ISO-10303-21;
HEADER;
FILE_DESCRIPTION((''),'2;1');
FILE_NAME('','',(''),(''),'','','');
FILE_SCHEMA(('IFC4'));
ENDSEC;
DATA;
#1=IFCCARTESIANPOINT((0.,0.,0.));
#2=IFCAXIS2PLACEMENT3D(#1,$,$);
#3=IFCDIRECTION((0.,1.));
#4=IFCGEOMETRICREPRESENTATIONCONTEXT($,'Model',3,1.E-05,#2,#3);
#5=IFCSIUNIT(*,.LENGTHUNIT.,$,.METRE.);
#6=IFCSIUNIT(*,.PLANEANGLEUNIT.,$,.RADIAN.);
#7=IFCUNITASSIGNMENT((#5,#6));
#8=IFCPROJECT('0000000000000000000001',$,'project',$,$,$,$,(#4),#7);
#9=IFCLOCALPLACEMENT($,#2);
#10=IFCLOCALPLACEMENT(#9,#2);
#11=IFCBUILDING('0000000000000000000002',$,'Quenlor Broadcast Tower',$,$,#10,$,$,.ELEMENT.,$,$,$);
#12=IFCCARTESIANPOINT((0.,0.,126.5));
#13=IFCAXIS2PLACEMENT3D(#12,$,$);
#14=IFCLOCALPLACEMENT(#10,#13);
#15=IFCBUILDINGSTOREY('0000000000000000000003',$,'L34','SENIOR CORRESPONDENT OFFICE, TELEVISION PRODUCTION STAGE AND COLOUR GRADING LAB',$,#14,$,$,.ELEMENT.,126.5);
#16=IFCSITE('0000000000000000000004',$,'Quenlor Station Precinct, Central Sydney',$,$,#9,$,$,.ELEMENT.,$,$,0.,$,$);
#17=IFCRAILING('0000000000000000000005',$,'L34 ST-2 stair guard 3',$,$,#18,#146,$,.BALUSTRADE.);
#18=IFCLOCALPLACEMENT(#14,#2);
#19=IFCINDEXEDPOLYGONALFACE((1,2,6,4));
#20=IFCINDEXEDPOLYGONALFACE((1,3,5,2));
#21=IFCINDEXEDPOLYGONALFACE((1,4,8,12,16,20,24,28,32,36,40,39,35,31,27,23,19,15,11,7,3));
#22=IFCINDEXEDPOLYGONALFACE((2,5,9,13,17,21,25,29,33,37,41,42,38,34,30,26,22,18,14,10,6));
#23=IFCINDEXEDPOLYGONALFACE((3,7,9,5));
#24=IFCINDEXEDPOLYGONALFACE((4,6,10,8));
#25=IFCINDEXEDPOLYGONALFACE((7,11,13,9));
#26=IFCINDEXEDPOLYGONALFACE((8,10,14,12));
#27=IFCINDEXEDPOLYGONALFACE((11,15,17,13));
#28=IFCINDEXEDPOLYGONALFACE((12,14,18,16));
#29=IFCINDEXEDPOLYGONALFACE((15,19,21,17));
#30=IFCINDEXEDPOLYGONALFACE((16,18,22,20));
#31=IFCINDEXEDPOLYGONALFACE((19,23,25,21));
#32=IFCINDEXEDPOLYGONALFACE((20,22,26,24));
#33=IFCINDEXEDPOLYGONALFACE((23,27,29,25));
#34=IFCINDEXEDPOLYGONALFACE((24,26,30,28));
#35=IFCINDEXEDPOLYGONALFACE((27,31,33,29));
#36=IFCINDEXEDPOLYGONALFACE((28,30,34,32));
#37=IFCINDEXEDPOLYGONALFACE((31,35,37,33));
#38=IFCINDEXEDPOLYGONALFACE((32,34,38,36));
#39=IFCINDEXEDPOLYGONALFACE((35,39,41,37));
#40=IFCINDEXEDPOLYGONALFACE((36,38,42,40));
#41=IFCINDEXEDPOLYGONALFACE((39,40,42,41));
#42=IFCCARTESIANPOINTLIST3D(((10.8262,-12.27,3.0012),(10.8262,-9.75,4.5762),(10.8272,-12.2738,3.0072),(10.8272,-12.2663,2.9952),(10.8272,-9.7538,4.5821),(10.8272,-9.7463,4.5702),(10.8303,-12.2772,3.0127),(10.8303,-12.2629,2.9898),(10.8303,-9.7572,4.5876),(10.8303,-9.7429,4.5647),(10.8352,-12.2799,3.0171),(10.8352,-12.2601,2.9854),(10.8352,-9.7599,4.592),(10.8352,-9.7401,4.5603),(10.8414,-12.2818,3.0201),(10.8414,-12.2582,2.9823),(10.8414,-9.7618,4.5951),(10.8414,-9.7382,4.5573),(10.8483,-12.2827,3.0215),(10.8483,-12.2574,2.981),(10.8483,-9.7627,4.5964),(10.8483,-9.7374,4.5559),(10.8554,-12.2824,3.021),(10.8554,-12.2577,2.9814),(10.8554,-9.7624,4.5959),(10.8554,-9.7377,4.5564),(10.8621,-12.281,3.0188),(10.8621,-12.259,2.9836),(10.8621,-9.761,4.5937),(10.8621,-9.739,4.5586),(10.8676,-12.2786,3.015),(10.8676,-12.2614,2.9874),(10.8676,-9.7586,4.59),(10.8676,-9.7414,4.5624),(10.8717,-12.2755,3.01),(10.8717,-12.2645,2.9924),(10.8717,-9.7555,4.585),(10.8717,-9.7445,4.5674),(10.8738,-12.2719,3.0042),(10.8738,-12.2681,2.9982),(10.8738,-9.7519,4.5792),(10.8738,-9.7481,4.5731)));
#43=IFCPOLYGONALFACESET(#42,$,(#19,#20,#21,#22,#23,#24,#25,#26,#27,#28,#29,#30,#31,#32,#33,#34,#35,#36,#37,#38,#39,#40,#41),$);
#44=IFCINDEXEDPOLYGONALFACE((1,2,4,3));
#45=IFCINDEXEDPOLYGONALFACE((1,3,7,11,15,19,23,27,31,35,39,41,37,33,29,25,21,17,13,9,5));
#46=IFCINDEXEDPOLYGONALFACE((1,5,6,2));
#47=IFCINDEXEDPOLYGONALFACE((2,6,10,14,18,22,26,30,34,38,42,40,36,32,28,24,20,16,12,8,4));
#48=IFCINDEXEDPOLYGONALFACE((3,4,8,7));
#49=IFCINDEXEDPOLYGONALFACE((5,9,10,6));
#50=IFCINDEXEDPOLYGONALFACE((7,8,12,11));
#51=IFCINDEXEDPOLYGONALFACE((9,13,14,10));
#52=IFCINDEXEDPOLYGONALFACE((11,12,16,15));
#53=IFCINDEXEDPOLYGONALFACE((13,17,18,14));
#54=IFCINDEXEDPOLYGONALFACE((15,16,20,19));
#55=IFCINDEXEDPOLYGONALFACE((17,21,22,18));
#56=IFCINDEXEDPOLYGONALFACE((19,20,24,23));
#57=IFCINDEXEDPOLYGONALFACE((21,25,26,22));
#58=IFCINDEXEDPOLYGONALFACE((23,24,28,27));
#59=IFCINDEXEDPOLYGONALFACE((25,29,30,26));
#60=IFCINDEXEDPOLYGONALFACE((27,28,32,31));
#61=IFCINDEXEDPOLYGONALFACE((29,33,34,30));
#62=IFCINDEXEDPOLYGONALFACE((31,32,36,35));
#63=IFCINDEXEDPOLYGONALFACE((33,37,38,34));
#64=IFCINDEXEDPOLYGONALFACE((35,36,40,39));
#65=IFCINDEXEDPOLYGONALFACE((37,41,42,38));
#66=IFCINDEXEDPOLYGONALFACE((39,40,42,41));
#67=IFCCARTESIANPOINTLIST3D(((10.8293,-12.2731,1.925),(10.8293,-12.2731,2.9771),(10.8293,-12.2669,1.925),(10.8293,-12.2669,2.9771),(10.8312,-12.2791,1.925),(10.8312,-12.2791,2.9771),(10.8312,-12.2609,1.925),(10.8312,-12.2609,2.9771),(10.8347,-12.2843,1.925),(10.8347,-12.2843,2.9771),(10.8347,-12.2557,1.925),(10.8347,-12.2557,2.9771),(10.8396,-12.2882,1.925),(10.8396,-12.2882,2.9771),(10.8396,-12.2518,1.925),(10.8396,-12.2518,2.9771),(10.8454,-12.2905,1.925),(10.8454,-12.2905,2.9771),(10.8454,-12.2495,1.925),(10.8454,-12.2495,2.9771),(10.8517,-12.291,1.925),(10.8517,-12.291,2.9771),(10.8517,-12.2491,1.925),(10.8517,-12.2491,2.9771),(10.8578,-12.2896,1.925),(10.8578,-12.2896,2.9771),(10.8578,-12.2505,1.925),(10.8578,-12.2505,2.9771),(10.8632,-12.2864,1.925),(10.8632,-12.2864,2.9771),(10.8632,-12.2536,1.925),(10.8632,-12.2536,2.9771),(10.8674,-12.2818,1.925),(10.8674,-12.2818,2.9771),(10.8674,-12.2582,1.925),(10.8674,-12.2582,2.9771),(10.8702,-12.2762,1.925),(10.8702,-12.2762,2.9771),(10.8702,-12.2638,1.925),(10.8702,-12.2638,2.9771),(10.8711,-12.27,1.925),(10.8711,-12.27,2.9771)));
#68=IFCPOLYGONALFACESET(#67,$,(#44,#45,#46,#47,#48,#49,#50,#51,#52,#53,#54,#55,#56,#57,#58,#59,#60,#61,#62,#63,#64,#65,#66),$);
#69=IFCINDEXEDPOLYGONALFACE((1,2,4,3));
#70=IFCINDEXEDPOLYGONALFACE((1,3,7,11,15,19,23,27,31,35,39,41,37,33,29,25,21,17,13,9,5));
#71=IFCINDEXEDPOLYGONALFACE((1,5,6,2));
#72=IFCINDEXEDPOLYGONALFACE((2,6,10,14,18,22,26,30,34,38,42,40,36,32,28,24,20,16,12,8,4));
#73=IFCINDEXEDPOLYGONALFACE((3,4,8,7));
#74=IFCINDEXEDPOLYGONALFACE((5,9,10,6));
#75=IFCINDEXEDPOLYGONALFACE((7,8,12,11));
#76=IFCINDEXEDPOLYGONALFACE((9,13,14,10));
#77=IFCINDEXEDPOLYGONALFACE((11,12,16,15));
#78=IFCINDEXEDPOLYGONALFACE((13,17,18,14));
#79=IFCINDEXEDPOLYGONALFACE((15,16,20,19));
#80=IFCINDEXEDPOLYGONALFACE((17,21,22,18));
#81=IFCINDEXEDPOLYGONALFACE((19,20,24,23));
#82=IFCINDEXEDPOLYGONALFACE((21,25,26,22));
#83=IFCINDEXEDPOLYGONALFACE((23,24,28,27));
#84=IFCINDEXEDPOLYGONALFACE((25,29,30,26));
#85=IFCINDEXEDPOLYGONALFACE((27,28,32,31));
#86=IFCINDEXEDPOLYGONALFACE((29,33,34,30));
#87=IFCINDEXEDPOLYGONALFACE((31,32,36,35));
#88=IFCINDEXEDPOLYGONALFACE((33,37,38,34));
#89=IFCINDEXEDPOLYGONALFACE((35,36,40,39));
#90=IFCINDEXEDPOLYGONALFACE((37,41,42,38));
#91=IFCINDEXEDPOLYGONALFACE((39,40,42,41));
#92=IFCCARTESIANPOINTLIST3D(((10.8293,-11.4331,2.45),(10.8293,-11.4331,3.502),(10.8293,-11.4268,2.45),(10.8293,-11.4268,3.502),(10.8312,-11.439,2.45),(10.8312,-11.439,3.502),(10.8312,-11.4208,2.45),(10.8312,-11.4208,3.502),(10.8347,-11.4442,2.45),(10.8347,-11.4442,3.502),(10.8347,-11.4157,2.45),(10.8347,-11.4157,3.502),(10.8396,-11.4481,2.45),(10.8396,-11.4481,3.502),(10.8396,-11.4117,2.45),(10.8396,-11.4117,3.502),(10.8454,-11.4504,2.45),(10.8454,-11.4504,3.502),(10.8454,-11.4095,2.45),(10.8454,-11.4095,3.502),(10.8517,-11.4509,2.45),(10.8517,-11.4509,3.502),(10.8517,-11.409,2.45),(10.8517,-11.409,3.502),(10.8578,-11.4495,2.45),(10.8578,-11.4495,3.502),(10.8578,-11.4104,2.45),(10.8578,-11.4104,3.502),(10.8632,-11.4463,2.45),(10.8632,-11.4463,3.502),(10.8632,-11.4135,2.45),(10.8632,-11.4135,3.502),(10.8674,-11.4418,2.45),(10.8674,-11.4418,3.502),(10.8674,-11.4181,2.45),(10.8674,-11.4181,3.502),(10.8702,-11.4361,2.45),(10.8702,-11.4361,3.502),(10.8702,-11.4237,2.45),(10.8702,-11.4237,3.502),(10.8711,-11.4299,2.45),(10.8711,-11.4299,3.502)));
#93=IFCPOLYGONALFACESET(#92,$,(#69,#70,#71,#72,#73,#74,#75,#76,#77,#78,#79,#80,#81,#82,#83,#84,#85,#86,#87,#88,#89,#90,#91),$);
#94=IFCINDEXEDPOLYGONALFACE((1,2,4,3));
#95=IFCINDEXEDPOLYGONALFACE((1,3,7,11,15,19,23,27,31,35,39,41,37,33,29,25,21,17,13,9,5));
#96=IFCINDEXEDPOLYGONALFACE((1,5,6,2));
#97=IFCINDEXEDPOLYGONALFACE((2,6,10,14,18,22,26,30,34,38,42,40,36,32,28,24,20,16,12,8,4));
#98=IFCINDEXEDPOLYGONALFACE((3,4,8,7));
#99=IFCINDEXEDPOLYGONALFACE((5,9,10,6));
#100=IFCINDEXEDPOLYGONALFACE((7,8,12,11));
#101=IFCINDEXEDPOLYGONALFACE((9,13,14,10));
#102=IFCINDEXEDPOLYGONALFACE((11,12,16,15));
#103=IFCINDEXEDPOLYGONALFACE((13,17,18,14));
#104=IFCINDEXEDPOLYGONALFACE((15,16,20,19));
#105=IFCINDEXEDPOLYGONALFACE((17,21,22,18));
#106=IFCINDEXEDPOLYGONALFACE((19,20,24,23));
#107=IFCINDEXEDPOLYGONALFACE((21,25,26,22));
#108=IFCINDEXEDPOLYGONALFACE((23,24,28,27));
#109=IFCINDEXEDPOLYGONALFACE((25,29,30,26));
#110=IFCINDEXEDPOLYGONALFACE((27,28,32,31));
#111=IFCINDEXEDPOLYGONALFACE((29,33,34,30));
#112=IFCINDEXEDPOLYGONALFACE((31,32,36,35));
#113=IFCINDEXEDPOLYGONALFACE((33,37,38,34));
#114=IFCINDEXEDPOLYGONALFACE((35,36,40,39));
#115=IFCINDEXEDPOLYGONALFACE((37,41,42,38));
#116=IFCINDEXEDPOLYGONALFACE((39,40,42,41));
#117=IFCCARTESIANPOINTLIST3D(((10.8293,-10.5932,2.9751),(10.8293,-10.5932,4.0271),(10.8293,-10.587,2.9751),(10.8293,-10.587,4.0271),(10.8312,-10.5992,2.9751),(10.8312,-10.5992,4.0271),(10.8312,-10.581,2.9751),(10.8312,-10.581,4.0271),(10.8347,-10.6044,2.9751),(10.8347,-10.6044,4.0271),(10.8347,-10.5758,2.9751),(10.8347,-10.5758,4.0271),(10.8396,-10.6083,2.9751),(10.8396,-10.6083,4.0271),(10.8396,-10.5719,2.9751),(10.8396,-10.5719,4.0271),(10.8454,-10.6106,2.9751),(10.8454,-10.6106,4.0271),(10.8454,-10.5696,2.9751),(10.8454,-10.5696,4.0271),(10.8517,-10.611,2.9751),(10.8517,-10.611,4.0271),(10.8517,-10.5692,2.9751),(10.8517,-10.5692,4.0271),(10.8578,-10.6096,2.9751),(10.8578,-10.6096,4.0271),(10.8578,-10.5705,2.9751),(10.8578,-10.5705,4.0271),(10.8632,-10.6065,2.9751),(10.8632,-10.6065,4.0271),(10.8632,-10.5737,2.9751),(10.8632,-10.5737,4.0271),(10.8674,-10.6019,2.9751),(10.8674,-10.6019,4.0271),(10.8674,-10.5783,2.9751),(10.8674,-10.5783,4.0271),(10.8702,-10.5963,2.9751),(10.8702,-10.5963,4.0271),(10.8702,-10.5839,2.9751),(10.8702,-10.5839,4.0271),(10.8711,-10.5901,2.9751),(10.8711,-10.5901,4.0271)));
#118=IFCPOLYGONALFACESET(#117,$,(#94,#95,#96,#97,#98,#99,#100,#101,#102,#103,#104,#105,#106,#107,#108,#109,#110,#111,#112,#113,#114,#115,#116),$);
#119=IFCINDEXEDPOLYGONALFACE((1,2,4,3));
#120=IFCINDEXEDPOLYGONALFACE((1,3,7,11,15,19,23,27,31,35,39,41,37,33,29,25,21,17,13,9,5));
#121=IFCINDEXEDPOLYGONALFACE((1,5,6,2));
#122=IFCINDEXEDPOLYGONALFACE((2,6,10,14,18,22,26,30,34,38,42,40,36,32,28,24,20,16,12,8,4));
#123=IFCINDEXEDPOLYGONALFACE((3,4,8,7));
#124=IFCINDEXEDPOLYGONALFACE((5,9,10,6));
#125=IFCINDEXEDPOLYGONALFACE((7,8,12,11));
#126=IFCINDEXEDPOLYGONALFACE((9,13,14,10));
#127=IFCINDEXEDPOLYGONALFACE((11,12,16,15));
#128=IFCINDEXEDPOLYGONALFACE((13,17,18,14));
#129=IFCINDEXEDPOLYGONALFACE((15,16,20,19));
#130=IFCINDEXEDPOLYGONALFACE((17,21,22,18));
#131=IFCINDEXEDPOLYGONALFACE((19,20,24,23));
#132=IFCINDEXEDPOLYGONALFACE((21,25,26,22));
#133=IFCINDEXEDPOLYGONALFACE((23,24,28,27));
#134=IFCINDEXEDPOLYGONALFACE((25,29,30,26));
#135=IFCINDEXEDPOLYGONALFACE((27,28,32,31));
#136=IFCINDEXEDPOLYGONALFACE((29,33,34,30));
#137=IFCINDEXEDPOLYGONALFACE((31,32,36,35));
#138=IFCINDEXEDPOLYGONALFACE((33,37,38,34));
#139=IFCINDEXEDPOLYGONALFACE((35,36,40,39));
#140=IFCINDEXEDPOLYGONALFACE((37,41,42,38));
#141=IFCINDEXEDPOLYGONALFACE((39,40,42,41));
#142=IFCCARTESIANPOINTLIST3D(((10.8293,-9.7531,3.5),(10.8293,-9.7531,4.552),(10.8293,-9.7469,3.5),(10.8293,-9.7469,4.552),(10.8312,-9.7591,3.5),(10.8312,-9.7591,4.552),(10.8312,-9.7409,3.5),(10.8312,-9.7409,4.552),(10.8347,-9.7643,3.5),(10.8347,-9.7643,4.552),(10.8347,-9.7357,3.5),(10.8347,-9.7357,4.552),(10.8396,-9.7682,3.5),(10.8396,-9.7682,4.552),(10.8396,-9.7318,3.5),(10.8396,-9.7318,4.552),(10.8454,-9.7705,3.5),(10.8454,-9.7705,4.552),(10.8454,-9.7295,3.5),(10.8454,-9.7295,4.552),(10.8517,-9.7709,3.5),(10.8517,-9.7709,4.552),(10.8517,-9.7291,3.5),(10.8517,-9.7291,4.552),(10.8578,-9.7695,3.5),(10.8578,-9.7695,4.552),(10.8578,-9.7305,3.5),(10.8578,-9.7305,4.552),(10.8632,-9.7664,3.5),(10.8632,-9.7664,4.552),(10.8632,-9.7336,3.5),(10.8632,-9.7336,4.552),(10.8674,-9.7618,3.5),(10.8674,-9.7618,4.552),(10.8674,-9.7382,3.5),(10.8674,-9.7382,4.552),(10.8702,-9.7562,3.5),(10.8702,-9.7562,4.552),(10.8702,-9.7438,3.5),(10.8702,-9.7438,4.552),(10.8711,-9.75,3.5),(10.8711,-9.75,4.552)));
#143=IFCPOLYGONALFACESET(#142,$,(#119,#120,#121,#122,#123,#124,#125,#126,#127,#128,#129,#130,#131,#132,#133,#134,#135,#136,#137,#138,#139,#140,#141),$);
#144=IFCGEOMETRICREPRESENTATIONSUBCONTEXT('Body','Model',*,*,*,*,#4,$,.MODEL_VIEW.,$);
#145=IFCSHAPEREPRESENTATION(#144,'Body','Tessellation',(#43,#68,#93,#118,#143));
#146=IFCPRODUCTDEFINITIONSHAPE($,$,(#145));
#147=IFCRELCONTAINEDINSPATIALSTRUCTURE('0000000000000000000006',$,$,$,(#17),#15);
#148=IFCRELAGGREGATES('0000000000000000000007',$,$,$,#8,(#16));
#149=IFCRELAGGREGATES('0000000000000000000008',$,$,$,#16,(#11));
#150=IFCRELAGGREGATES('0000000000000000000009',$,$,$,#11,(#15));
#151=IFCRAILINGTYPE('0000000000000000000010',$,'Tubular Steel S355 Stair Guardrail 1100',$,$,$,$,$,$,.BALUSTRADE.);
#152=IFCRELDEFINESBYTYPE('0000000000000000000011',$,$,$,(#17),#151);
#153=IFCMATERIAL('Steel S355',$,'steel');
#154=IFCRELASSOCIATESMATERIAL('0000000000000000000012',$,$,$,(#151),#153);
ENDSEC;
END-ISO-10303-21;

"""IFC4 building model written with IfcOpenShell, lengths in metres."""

from ifc_helpers import new_model, si_unit, direction, frame, origin, origin_2d, place, context, subcontext, project, spatial, circle, extrude, material, type_object, element, save


model = new_model("IFC4")

# Units and contexts
model_context = context("Model", 3, precision=1e-05, world=origin(), true_north=direction((0.0, 1.0)))
body_context = subcontext(model_context, "Body", "Model", "MODEL_VIEW")
ifc_project = project(units=[si_unit("LENGTHUNIT", "METRE"), si_unit("PLANEANGLEUNIT", "RADIAN")], contexts=[model_context])

# Site, building, storey
site_placement = place(None, origin())
site = spatial("IfcSite", under=ifc_project, at=site_placement, Name="Quenlor Station Precinct, Central Sydney", CompositionType="ELEMENT", RefElevation=0.0)
building_placement = place(site_placement, origin())
building = spatial("IfcBuilding", under=site, at=building_placement, Name="Quenlor Broadcast Tower", CompositionType="ELEMENT")
storey_placement = place(building_placement, frame((0.0, 0.0, 126.5)))
storey = spatial("IfcBuildingStorey", under=building, at=storey_placement, Name="L34", Description="SENIOR CORRESPONDENT OFFICE, TELEVISION PRODUCTION STAGE AND COLOUR GRADING LAB", CompositionType="ELEMENT", Elevation=126.5)

# Railing
ifc_material_1 = material(Name="Steel S355", Category="steel")
railing_type_1 = type_object("IfcRailingType", Name="Tubular Steel S355 Stair Guardrail 1100", PredefinedType="BALUSTRADE", material=ifc_material_1)
railing_1_placement = place(storey_placement, frame((10.8501, -12.27, 1.925)))
element("IfcRailing", 1, at=railing_1_placement, inside=storey, type_object=railing_type_1, Name="L34 ST-2 stair guard 3", PredefinedType="BALUSTRADE", context=body_context, shape_type="SweptSolid", body=[
    extrude(circle(Radius=0.0239, at=origin_2d()), frame((0.0, 0.0, 1.0762), z_axis=(0.0, 0.848008, 0.529984), x_axis=(-1.0, 0.0, 0.0)), (0.0, 0.0, 1.0), 2.9717),
    extrude(circle(Radius=0.021, at=origin_2d()), origin(), (0.0, 0.0, 1.0), 1.052),
    extrude(circle(Radius=0.021, at=origin_2d()), frame((0.0, 0.8401, 0.5249)), (0.0, 0.0, 1.0), 1.052),
    extrude(circle(Radius=0.021, at=origin_2d()), frame((0.0, 1.6799, 1.05)), (0.0, 0.0, 1.0), 1.052),
    extrude(circle(Radius=0.021, at=origin_2d()), frame((0.0, 2.52, 1.575)), (0.0, 0.0, 1.0), 1.052),
])

save(model, "model.ifc")
